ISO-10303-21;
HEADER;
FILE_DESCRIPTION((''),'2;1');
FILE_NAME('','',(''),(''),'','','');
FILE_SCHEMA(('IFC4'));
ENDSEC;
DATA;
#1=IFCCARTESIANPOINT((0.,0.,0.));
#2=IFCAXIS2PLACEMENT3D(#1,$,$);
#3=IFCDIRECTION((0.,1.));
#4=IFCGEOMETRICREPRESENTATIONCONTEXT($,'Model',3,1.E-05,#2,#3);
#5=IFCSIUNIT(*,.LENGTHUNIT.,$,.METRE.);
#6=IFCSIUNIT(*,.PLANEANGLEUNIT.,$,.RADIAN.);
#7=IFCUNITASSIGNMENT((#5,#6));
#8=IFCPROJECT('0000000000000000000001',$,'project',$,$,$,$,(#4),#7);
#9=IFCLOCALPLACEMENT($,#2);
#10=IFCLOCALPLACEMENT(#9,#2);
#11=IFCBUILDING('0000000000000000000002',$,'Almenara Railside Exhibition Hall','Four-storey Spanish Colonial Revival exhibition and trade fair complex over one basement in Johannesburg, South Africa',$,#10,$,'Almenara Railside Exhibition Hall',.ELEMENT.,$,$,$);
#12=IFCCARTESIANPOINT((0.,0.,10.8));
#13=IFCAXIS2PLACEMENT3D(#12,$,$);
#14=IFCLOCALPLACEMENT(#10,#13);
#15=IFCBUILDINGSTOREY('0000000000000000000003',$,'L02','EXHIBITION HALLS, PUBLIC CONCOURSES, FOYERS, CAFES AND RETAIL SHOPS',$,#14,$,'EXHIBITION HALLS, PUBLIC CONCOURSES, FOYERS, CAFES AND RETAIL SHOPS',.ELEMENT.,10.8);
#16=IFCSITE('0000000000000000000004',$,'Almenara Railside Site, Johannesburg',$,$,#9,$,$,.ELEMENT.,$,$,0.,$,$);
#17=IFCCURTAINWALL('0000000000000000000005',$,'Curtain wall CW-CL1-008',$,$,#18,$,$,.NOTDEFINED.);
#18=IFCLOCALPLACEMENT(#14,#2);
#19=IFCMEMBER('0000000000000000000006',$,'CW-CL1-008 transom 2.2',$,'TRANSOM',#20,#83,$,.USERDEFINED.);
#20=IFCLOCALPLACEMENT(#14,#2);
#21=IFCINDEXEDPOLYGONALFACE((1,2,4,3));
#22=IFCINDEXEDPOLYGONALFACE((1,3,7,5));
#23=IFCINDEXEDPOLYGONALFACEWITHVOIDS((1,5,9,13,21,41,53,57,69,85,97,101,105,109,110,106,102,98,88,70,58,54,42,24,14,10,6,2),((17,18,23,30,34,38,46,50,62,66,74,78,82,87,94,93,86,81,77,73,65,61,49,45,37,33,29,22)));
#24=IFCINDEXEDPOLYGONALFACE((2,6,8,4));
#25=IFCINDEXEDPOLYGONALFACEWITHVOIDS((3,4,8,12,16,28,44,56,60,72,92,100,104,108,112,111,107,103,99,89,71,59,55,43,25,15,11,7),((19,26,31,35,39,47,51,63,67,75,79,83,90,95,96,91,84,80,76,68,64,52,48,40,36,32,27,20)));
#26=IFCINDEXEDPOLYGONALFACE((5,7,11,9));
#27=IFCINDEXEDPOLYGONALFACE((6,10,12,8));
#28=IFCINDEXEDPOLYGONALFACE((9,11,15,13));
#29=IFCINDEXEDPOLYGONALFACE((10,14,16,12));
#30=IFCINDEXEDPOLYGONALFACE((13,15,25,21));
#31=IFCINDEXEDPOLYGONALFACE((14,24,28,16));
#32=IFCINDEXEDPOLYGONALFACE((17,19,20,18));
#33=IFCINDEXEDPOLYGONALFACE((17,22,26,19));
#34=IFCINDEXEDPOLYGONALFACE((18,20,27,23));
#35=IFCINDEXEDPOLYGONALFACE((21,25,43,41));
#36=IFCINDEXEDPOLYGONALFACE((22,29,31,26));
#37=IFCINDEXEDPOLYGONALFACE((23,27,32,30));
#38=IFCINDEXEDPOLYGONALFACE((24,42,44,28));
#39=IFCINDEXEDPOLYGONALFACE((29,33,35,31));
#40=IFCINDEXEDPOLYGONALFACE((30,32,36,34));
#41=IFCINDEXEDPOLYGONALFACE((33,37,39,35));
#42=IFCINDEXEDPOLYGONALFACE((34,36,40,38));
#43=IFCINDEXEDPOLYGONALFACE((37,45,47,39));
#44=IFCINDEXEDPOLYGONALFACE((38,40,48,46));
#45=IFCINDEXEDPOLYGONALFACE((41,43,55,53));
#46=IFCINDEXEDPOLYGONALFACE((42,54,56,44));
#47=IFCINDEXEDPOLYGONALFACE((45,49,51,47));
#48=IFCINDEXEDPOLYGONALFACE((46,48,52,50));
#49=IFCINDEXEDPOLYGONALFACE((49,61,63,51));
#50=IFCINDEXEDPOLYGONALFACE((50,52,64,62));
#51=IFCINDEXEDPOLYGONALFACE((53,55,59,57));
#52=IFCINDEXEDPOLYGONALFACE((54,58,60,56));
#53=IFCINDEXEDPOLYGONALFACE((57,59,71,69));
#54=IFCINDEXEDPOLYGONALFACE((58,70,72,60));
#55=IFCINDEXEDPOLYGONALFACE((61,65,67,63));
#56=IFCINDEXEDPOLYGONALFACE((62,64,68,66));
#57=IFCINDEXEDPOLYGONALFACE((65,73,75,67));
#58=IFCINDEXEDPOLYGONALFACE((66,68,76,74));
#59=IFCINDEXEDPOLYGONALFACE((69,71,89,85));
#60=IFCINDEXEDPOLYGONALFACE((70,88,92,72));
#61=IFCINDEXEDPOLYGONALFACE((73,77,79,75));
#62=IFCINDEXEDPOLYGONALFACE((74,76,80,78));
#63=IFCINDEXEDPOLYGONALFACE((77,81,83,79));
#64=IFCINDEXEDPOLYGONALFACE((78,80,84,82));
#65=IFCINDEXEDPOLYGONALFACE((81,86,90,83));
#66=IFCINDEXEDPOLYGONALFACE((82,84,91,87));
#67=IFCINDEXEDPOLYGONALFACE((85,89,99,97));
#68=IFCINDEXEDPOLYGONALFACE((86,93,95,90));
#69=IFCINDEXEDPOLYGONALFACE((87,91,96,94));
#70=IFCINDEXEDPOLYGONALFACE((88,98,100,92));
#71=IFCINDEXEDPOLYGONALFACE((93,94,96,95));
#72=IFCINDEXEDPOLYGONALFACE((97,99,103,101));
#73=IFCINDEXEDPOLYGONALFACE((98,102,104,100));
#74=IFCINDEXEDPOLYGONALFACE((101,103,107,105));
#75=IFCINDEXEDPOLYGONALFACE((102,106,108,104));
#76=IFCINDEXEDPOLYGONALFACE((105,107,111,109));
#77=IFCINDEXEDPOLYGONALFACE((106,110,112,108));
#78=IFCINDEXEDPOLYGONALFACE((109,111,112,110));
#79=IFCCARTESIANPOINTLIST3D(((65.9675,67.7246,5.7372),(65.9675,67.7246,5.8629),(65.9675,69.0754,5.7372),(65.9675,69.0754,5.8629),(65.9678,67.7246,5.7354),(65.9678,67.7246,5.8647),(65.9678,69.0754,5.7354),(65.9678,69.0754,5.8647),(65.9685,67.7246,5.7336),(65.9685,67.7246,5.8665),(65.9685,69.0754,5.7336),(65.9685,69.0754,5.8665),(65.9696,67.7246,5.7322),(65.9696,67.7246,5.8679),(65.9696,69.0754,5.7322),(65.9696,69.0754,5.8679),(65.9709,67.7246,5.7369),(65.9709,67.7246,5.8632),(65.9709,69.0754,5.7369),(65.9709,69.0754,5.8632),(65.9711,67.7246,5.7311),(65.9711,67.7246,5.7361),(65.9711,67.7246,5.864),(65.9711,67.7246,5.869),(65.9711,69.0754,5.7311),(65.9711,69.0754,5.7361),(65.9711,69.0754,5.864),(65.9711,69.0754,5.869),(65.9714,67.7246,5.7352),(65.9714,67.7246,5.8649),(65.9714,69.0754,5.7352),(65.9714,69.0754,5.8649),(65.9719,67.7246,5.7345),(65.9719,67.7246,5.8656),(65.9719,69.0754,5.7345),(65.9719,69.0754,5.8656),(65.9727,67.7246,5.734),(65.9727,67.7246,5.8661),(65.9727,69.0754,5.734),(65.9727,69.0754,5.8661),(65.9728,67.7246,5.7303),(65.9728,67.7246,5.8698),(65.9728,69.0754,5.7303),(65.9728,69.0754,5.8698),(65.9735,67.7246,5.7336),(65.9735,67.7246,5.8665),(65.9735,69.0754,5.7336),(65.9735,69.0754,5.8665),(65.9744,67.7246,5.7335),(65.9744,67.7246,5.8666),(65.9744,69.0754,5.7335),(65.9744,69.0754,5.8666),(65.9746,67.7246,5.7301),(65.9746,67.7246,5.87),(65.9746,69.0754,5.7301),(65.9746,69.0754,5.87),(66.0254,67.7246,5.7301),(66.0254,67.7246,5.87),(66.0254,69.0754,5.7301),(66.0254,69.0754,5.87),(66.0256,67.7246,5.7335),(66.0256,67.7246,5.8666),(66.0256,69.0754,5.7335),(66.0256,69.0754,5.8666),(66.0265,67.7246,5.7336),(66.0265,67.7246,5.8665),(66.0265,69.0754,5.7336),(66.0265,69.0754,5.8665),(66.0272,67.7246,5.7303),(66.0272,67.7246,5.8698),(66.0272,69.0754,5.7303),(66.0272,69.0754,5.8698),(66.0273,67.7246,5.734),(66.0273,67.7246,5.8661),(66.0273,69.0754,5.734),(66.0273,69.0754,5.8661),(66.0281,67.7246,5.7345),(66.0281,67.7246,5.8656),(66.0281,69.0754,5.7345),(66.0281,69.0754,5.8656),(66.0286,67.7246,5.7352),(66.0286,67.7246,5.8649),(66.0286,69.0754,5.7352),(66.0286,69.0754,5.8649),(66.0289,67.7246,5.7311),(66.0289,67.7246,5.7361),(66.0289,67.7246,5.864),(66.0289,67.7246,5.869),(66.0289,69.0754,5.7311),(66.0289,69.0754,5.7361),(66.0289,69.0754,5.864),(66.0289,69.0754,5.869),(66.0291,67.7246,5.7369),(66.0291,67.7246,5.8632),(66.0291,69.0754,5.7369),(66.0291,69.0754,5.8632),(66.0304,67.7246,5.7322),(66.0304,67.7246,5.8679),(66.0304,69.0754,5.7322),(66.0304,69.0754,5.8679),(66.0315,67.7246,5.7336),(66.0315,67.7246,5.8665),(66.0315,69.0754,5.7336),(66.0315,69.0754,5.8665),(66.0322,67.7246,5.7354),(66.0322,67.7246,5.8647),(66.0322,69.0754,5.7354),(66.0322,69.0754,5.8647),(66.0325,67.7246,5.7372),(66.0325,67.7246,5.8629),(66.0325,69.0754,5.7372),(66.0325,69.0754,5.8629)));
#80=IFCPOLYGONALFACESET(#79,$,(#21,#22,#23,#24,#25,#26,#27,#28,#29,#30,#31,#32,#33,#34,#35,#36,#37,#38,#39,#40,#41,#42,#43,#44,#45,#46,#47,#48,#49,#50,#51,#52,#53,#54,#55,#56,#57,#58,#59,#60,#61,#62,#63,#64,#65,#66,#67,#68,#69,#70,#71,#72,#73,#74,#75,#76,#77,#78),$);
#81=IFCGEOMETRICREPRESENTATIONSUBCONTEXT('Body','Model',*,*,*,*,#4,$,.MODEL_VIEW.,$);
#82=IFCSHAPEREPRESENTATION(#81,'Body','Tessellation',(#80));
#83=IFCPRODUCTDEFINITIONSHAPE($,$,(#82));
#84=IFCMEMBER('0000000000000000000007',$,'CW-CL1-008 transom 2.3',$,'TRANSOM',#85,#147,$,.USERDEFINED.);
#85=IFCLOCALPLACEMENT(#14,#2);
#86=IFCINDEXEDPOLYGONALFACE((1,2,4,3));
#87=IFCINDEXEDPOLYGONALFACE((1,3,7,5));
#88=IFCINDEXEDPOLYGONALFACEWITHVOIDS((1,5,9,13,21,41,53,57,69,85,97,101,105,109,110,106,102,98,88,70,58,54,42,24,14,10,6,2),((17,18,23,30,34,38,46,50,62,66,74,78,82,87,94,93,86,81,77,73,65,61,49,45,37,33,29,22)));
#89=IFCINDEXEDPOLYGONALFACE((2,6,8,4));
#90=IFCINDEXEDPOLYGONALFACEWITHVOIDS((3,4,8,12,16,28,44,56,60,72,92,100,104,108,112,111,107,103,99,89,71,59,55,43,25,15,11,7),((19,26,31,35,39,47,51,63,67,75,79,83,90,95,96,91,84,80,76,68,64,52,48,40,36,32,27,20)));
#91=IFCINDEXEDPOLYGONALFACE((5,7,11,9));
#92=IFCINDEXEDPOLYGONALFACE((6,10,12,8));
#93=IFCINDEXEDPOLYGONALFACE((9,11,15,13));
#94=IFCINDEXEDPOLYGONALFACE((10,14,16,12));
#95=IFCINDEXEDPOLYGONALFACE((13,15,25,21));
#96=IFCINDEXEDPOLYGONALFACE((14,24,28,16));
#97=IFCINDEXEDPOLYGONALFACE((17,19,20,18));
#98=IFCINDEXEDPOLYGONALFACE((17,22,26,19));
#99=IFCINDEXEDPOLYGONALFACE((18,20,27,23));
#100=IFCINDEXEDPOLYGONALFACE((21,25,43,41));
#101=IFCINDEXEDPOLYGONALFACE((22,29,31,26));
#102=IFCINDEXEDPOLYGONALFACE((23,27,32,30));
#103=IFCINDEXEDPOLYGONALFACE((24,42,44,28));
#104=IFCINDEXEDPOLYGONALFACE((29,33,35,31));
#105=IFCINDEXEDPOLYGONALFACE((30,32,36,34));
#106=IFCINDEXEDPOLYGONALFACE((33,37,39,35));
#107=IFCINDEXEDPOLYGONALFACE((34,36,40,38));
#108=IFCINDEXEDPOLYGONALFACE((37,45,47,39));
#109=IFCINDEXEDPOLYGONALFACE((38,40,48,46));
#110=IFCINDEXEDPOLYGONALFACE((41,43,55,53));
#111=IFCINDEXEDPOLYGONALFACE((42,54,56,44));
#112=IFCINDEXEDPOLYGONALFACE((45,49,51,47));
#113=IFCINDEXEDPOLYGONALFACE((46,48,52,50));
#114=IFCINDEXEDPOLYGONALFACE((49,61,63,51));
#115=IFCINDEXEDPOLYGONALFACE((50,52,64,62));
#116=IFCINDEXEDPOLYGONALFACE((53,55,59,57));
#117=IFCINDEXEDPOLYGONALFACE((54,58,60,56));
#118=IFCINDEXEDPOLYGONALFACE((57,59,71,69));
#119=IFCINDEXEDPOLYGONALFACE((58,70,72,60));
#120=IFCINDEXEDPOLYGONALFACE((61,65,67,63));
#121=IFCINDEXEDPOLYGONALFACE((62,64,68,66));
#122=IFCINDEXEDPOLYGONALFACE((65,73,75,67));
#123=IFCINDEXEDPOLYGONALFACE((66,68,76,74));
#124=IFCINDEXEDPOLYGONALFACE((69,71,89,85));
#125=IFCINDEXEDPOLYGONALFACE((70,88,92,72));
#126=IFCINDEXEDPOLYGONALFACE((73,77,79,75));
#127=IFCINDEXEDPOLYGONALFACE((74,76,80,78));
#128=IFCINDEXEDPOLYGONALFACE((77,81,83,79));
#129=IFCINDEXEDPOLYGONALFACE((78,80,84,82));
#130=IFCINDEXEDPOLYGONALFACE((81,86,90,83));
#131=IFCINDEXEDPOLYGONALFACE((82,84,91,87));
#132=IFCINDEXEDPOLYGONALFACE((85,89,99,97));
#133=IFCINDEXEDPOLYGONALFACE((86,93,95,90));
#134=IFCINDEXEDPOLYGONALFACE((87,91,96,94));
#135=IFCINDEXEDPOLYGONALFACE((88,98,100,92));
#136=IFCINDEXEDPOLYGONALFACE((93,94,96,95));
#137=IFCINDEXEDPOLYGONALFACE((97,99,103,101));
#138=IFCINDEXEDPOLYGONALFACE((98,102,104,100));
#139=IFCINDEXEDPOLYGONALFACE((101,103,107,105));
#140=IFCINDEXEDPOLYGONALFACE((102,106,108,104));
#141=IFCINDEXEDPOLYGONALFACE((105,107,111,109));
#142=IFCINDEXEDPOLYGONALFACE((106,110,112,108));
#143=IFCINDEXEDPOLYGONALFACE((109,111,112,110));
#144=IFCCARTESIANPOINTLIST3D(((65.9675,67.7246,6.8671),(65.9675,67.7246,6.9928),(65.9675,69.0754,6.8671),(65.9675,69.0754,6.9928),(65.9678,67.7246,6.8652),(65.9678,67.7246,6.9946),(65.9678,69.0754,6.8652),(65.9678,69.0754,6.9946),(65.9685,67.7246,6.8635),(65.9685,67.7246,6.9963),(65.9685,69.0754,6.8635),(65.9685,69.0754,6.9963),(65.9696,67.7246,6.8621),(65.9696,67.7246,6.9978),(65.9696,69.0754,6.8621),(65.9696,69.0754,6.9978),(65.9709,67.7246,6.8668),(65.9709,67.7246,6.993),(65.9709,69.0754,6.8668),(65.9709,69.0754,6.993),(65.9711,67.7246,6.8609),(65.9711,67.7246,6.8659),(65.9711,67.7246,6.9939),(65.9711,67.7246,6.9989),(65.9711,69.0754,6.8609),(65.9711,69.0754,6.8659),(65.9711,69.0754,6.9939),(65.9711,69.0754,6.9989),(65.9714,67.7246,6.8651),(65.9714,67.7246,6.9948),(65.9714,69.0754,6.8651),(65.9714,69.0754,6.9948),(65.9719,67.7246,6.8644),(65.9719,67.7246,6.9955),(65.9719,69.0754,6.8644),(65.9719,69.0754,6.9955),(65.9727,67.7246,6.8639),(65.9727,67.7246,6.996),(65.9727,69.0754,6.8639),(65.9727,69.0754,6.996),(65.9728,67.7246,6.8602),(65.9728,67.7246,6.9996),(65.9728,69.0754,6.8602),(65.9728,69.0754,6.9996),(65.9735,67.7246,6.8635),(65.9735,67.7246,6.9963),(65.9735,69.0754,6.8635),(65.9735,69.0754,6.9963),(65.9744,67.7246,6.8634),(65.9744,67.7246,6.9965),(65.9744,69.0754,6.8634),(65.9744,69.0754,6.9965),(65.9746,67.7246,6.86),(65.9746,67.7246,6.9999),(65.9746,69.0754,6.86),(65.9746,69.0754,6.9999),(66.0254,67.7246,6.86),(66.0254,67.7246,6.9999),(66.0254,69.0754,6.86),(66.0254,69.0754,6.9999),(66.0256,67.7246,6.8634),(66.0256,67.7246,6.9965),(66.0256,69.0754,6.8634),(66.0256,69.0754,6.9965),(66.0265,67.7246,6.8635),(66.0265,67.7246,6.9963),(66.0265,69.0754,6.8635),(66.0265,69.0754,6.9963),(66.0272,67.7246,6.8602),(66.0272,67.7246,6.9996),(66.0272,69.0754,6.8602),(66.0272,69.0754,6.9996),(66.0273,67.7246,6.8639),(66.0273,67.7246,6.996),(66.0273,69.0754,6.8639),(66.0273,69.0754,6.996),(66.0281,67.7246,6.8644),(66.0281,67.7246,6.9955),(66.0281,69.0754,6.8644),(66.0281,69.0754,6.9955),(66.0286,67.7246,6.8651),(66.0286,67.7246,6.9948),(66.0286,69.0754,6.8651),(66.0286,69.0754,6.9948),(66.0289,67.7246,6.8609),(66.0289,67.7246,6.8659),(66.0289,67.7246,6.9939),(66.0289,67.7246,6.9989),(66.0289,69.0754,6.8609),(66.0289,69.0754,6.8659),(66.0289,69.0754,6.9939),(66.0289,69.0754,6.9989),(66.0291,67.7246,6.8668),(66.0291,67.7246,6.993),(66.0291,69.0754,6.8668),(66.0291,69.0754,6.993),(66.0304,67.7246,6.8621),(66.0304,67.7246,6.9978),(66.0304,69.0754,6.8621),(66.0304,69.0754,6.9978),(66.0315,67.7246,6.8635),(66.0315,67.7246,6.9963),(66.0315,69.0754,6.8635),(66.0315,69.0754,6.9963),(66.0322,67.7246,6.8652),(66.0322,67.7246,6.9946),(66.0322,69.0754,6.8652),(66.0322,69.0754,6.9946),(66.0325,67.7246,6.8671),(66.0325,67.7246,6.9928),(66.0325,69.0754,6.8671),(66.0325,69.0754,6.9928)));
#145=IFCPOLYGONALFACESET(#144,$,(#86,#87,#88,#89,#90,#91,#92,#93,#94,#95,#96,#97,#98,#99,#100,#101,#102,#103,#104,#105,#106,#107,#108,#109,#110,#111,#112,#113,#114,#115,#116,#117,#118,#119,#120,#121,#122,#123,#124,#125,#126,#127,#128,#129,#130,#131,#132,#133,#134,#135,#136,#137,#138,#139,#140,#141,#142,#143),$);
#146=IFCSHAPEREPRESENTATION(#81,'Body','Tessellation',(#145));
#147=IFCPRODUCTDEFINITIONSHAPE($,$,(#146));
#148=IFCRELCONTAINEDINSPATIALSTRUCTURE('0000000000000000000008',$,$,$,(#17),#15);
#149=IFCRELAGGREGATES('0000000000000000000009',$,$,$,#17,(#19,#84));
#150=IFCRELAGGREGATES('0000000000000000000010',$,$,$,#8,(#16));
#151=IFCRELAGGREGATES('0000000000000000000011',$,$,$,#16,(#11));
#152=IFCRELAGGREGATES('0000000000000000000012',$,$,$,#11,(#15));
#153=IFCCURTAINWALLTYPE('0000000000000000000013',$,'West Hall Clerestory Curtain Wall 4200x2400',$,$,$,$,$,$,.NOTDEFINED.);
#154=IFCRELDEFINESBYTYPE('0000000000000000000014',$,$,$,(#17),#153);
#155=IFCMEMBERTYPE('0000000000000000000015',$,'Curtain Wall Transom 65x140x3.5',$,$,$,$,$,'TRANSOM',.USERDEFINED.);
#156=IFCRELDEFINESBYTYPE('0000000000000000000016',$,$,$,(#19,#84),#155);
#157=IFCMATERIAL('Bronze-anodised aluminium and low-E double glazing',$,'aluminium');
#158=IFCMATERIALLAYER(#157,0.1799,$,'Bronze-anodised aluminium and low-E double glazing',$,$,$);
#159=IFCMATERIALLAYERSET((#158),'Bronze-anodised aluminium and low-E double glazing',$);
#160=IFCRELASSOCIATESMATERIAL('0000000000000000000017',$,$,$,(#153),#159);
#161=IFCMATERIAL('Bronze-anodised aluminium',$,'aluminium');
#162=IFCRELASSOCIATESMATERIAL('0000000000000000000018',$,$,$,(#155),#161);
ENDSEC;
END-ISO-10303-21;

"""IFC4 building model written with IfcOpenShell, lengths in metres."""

from ifc_helpers import new_model, si_unit, direction, frame, origin, origin_2d, place, context, subcontext, project, spatial, hollow_rectangle, extrude, material, layer, layer_set, material_profile, profile_set, type_object, element, aggregate, save


model = new_model("IFC4")

# Units and contexts
model_context = context("Model", 3, precision=1e-05, world=origin(), true_north=direction((0.0, 1.0)))
body_context = subcontext(model_context, "Body", "Model", "MODEL_VIEW")
ifc_project = project(units=[si_unit("LENGTHUNIT", "METRE"), si_unit("PLANEANGLEUNIT", "RADIAN")], contexts=[model_context])

# Site, building, storey
site_placement = place(None, origin())
site = spatial("IfcSite", under=ifc_project, at=site_placement, Name="Almenara Railside Site, Johannesburg", CompositionType="ELEMENT", RefElevation=0.0)
building_placement = place(site_placement, origin())
building = spatial("IfcBuilding", under=site, at=building_placement, Name="Almenara Railside Exhibition Hall", Description="Four-storey Spanish Colonial Revival exhibition and trade fair complex over one basement in Johannesburg, South Africa", LongName="Almenara Railside Exhibition Hall", CompositionType="ELEMENT")
storey_placement = place(building_placement, frame((0.0, 0.0, 10.8)))
storey = spatial("IfcBuildingStorey", under=building, at=storey_placement, Name="L02", Description="EXHIBITION HALLS, PUBLIC CONCOURSES, FOYERS, CAFES AND RETAIL SHOPS", LongName="EXHIBITION HALLS, PUBLIC CONCOURSES, FOYERS, CAFES AND RETAIL SHOPS", CompositionType="ELEMENT", Elevation=10.8)

# Curtain wall
ifc_material_1 = material(Name="Bronze-anodised aluminium and low-E double glazing", Category="aluminium")
ifc_layer_1 = layer(ifc_material_1, 0.1799, Name="Bronze-anodised aluminium and low-E double glazing")
ifc_layer_set_1 = layer_set([ifc_layer_1], Name="Bronze-anodised aluminium and low-E double glazing")
curtain_wall_type_1 = type_object("IfcCurtainWallType", Name="West Hall Clerestory Curtain Wall 4200x2400", PredefinedType="NOTDEFINED", material=ifc_layer_set_1)
curtain_wall_1_placement = place(storey_placement, origin())
curtain_wall_1 = element("IfcCurtainWall", 1, at=curtain_wall_1_placement, inside=storey, type_object=curtain_wall_type_1, Name="Curtain wall CW-CL1-008", PredefinedType="NOTDEFINED")
ifc_material_2 = material(Name="Bronze-anodised aluminium", Category="aluminium")

# Members
ifc_material_profile_1 = material_profile(ifc_material_2, hollow_rectangle(XDim=0.0649, YDim=0.1399, WallThickness=0.0034, InnerFilletRadius=0.0034, OuterFilletRadius=0.0071, at=origin_2d()), Name="ALU-TRN 65x140x3.5")
ifc_profile_set_1 = profile_set([ifc_material_profile_1], Name="Bronze-anodised aluminium")
member_type_1 = type_object("IfcMemberType", Name="Curtain Wall Transom 65x140x3.5", ElementType="TRANSOM", PredefinedType="USERDEFINED", material=ifc_profile_set_1)
member_1_placement = place(storey_placement, frame((66.0, 67.7246, 5.8), z_axis=(0.0, 1.0, 0.0), x_axis=(-1.0, 0.0, 0.0)))
member_1 = element("IfcMember", 2, at=member_1_placement, type_object=member_type_1, Name="CW-CL1-008 transom 2.2", ObjectType="TRANSOM", PredefinedType="USERDEFINED", context=body_context, shape_type="SweptSolid", body=[
    extrude(hollow_rectangle(XDim=0.0649, YDim=0.1399, WallThickness=0.0034, InnerFilletRadius=0.0034, OuterFilletRadius=0.0071, at=origin_2d()), origin(), (0.0, 0.0, 1.0), 1.3508),
])
member_2_placement = place(storey_placement, frame((66.0, 67.7246, 6.9299), z_axis=(0.0, 1.0, 0.0), x_axis=(-1.0, 0.0, 0.0)))
member_2 = element("IfcMember", 3, at=member_2_placement, type_object=member_type_1, Name="CW-CL1-008 transom 2.3", ObjectType="TRANSOM", PredefinedType="USERDEFINED", context=body_context, shape_type="SweptSolid", body=[
    extrude(hollow_rectangle(XDim=0.0649, YDim=0.1399, WallThickness=0.0034, InnerFilletRadius=0.0034, OuterFilletRadius=0.0071, at=origin_2d()), origin(), (0.0, 0.0, 1.0), 1.3508),
])

aggregate(curtain_wall_1, [member_1, member_2])

save(model, "model.ifc")
